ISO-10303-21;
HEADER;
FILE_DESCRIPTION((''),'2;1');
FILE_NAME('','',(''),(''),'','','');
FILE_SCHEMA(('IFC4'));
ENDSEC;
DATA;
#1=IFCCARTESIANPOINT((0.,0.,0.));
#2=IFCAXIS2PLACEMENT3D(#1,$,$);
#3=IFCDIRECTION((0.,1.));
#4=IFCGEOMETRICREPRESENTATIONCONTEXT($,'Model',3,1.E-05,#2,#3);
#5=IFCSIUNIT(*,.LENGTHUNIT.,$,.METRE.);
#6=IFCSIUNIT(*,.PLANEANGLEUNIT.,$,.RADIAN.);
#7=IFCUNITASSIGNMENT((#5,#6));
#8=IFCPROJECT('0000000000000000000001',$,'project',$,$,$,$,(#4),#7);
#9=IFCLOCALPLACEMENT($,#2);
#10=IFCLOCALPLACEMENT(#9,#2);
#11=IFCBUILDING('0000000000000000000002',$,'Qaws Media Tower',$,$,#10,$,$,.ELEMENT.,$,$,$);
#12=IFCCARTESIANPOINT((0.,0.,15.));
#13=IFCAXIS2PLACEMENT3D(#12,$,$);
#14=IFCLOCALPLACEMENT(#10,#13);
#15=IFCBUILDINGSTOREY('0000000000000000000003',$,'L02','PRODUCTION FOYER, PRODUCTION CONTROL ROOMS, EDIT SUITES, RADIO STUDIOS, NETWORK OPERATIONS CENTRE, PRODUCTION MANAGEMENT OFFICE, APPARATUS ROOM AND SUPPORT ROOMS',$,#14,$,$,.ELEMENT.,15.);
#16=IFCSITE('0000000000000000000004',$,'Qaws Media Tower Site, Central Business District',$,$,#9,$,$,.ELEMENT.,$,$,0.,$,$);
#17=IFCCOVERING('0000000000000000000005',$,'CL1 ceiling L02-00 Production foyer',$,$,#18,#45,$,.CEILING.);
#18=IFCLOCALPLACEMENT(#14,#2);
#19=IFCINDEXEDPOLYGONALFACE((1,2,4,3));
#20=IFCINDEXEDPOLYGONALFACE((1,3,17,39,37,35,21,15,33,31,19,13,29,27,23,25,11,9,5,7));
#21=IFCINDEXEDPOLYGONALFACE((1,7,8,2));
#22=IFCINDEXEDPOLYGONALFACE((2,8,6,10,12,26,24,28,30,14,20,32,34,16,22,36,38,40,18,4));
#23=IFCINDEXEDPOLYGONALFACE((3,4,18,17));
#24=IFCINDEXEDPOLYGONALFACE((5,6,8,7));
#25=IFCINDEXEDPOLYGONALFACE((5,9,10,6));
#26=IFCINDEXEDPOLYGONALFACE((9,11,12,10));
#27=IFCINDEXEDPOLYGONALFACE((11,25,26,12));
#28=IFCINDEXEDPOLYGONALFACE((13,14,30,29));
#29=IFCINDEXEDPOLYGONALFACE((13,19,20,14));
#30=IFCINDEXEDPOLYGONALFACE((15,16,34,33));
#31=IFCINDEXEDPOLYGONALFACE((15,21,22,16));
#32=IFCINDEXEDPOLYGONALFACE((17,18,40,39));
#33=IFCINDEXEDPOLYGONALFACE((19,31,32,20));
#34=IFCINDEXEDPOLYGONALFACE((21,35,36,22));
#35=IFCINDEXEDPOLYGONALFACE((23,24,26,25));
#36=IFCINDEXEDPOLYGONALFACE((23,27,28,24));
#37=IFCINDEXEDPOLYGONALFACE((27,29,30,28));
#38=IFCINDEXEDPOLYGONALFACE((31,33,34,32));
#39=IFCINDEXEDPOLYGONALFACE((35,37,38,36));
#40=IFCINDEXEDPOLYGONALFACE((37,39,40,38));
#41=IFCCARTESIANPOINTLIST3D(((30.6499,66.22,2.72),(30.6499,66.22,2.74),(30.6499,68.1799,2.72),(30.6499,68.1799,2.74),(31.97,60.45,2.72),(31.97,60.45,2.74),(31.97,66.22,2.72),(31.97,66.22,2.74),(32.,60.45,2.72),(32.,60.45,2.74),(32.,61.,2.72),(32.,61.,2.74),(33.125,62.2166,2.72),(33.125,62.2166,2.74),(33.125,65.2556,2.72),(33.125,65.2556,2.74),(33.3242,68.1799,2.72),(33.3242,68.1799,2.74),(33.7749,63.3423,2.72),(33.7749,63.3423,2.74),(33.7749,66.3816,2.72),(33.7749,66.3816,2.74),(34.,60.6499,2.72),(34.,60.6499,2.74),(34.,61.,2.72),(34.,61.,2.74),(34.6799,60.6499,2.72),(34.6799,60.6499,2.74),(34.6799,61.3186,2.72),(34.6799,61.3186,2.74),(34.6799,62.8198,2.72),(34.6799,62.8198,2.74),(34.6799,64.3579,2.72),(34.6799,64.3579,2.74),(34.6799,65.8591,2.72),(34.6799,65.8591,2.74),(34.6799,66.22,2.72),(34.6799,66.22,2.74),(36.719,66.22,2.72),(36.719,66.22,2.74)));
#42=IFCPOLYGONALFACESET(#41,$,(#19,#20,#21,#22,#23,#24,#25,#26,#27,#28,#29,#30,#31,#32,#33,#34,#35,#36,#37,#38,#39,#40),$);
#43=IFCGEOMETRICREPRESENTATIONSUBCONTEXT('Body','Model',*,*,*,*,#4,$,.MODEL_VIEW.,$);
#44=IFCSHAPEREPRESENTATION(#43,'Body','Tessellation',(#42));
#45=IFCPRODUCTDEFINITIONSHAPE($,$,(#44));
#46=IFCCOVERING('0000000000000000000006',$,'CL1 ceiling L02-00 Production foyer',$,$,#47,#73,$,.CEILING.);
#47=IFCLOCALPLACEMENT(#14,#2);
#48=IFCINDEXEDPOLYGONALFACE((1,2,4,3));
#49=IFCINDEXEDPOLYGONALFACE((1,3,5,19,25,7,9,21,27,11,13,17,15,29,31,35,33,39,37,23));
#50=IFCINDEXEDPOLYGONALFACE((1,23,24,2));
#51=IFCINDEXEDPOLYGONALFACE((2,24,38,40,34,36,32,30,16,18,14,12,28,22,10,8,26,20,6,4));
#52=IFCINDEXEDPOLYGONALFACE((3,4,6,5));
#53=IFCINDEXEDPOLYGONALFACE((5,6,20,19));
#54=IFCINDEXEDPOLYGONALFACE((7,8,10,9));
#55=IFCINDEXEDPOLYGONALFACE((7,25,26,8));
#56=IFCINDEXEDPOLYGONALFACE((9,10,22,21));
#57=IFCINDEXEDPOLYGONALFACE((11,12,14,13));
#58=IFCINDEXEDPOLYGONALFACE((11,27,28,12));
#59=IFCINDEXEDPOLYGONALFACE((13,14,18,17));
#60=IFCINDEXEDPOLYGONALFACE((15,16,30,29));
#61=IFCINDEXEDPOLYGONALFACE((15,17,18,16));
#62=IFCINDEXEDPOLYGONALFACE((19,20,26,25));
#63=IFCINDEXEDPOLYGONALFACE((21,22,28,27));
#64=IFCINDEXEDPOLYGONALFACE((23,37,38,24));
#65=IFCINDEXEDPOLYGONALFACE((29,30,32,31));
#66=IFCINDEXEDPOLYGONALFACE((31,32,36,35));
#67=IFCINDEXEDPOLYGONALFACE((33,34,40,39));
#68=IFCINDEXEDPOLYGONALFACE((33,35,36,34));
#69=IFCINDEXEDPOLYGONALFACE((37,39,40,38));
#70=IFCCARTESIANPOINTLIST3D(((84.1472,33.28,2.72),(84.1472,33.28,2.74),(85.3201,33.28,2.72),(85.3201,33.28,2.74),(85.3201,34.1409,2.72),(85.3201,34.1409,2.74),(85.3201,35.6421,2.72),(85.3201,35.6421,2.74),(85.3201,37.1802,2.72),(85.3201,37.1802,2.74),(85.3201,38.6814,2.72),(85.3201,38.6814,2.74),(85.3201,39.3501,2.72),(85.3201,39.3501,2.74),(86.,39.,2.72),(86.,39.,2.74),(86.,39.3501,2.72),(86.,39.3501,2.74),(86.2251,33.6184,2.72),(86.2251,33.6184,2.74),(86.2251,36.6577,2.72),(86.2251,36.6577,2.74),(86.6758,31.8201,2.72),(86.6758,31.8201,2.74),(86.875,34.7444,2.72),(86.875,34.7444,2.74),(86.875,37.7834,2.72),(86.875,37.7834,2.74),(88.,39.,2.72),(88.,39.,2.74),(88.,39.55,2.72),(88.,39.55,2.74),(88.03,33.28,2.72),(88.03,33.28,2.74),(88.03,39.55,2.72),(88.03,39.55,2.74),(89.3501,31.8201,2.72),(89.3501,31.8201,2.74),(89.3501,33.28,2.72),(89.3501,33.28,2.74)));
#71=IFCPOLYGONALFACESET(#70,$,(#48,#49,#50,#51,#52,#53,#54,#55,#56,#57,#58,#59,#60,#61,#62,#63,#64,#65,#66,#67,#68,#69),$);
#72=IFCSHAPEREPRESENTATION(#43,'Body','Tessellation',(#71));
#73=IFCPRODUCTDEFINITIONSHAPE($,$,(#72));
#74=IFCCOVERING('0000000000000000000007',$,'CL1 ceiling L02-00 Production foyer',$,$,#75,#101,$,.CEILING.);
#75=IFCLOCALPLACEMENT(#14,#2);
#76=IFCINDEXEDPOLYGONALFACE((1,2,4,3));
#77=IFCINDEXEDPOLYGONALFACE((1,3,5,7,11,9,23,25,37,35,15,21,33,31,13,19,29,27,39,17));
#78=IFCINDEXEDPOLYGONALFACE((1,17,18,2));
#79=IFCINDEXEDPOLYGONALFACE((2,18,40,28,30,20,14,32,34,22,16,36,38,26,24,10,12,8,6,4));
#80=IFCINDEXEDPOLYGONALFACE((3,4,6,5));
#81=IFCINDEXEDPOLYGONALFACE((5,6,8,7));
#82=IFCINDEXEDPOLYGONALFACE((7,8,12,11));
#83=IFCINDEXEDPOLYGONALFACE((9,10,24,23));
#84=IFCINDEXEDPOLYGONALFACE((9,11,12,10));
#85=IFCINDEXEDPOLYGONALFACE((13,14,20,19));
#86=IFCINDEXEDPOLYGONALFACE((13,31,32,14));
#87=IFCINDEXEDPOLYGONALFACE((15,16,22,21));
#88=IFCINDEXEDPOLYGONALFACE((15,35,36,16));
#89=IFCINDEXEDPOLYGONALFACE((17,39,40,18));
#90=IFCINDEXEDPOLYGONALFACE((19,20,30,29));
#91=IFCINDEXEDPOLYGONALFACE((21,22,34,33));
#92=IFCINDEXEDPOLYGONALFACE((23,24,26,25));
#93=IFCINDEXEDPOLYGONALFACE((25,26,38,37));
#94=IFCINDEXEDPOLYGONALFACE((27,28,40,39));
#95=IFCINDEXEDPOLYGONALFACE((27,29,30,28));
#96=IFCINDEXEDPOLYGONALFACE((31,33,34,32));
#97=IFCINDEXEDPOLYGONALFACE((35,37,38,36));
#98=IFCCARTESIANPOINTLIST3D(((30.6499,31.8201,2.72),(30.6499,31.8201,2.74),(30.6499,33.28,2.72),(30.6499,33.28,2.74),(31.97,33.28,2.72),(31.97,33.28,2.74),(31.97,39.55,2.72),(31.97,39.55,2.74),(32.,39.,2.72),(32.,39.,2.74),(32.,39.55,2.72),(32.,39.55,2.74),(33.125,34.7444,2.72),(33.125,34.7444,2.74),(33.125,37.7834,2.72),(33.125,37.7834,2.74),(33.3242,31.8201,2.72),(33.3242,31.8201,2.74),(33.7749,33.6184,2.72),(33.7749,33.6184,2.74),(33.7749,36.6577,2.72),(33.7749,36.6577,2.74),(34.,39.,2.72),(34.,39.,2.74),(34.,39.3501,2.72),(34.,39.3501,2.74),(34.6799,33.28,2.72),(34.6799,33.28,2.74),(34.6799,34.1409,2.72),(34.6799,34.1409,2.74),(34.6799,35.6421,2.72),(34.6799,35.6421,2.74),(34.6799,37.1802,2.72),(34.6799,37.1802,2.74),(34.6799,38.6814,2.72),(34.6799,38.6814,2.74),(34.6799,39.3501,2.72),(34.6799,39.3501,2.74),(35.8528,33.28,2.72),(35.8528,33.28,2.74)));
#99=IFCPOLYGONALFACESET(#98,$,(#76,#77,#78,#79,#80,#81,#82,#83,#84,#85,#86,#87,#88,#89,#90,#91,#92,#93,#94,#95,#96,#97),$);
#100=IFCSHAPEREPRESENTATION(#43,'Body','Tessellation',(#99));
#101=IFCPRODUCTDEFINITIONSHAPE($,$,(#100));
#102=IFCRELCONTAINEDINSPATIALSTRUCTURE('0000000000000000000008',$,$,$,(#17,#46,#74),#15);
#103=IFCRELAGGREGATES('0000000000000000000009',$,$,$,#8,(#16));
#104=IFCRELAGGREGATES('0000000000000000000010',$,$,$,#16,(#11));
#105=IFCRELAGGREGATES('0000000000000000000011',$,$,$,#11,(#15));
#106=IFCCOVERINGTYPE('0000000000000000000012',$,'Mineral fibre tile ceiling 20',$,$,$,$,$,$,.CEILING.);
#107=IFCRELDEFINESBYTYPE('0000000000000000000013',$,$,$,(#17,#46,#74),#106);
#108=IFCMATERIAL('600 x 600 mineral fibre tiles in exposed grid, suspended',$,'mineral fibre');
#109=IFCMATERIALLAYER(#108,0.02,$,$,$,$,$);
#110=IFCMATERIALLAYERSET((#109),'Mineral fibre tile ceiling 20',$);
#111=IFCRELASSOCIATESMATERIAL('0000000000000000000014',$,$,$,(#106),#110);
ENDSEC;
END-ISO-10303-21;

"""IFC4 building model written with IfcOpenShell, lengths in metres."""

from ifc_helpers import new_model, si_unit, direction, frame, origin, place, context, subcontext, project, spatial, polyline, outline, extrude, material, layer, layer_set, type_object, element, save


model = new_model("IFC4")

# Units and contexts
model_context = context("Model", 3, precision=1e-05, world=origin(), true_north=direction((0.0, 1.0)))
body_context = subcontext(model_context, "Body", "Model", "MODEL_VIEW")
ifc_project = project(units=[si_unit("LENGTHUNIT", "METRE"), si_unit("PLANEANGLEUNIT", "RADIAN")], contexts=[model_context])

# Site, building, storey
site_placement = place(None, origin())
site = spatial("IfcSite", under=ifc_project, at=site_placement, Name="Qaws Media Tower Site, Central Business District", CompositionType="ELEMENT", RefElevation=0.0)
building_placement = place(site_placement, origin())
building = spatial("IfcBuilding", under=site, at=building_placement, Name="Qaws Media Tower", CompositionType="ELEMENT")
storey_placement = place(building_placement, frame((0.0, 0.0, 15.0)))
storey = spatial("IfcBuildingStorey", under=building, at=storey_placement, Name="L02", Description="PRODUCTION FOYER, PRODUCTION CONTROL ROOMS, EDIT SUITES, RADIO STUDIOS, NETWORK OPERATIONS CENTRE, PRODUCTION MANAGEMENT OFFICE, APPARATUS ROOM AND SUPPORT ROOMS", CompositionType="ELEMENT", Elevation=15.0)

# Coverings
ifc_material_1 = material(Name="600 x 600 mineral fibre tiles in exposed grid, suspended", Category="mineral fibre")
ifc_layer_1 = layer(ifc_material_1, 0.02)
ifc_layer_set_1 = layer_set([ifc_layer_1], Name="Mineral fibre tile ceiling 20")
covering_type = type_object("IfcCoveringType", Name="Mineral fibre tile ceiling 20", PredefinedType="CEILING", material=ifc_layer_set_1)
covering_1_placement = place(storey_placement, frame((0.0, 0.0, 2.72)))
element("IfcCovering", 1, at=covering_1_placement, inside=storey, type_object=covering_type, Name="CL1 ceiling L02-00 Production foyer", PredefinedType="CEILING", context=body_context, shape_type="SweptSolid", body=[
    extrude(outline(polyline([(31.97, 66.22), (30.6499, 66.22), (30.6499, 68.1799), (33.3242, 68.1799), (36.719, 66.22), (34.6799, 66.22), (34.6799, 65.8591), (33.7749, 66.3816), (33.125, 65.2556), (34.6799, 64.3579), (34.6799, 62.8198), (33.7749, 63.3423), (33.125, 62.2166), (34.6799, 61.3186), (34.6799, 60.6499), (34.0, 60.6499), (34.0, 61.0), (32.0, 61.0), (32.0, 60.45), (31.97, 60.45), (31.97, 66.22)])), origin(), (0.0, 0.0, 1.0), 0.02),
])
covering_2_placement = place(storey_placement, frame((0.0, 0.0, 2.72)))
element("IfcCovering", 2, at=covering_2_placement, inside=storey, type_object=covering_type, Name="CL1 ceiling L02-00 Production foyer", PredefinedType="CEILING", context=body_context, shape_type="SweptSolid", body=[
    extrude(outline(polyline([(88.03, 33.28), (89.3501, 33.28), (89.3501, 31.8201), (86.6758, 31.8201), (84.1472, 33.28), (85.3201, 33.28), (85.3201, 34.1409), (86.2251, 33.6184), (86.875, 34.7444), (85.3201, 35.6421), (85.3201, 37.1802), (86.2251, 36.6577), (86.875, 37.7834), (85.3201, 38.6814), (85.3201, 39.3501), (86.0, 39.3501), (86.0, 39.0), (88.0, 39.0), (88.0, 39.55), (88.03, 39.55), (88.03, 33.28)])), origin(), (0.0, 0.0, 1.0), 0.02),
])
covering_3_placement = place(storey_placement, frame((0.0, 0.0, 2.72)))
element("IfcCovering", 3, at=covering_3_placement, inside=storey, type_object=covering_type, Name="CL1 ceiling L02-00 Production foyer", PredefinedType="CEILING", context=body_context, shape_type="SweptSolid", body=[
    extrude(outline(polyline([(31.97, 39.55), (32.0, 39.55), (32.0, 39.0), (34.0, 39.0), (34.0, 39.3501), (34.6799, 39.3501), (34.6799, 38.6814), (33.125, 37.7834), (33.7749, 36.6577), (34.6799, 37.1802), (34.6799, 35.6421), (33.125, 34.7444), (33.7749, 33.6184), (34.6799, 34.1409), (34.6799, 33.28), (35.8528, 33.28), (33.3242, 31.8201), (30.6499, 31.8201), (30.6499, 33.28), (31.97, 33.28), (31.97, 39.55)])), origin(), (0.0, 0.0, 1.0), 0.02),
])

save(model, "model.ifc")
